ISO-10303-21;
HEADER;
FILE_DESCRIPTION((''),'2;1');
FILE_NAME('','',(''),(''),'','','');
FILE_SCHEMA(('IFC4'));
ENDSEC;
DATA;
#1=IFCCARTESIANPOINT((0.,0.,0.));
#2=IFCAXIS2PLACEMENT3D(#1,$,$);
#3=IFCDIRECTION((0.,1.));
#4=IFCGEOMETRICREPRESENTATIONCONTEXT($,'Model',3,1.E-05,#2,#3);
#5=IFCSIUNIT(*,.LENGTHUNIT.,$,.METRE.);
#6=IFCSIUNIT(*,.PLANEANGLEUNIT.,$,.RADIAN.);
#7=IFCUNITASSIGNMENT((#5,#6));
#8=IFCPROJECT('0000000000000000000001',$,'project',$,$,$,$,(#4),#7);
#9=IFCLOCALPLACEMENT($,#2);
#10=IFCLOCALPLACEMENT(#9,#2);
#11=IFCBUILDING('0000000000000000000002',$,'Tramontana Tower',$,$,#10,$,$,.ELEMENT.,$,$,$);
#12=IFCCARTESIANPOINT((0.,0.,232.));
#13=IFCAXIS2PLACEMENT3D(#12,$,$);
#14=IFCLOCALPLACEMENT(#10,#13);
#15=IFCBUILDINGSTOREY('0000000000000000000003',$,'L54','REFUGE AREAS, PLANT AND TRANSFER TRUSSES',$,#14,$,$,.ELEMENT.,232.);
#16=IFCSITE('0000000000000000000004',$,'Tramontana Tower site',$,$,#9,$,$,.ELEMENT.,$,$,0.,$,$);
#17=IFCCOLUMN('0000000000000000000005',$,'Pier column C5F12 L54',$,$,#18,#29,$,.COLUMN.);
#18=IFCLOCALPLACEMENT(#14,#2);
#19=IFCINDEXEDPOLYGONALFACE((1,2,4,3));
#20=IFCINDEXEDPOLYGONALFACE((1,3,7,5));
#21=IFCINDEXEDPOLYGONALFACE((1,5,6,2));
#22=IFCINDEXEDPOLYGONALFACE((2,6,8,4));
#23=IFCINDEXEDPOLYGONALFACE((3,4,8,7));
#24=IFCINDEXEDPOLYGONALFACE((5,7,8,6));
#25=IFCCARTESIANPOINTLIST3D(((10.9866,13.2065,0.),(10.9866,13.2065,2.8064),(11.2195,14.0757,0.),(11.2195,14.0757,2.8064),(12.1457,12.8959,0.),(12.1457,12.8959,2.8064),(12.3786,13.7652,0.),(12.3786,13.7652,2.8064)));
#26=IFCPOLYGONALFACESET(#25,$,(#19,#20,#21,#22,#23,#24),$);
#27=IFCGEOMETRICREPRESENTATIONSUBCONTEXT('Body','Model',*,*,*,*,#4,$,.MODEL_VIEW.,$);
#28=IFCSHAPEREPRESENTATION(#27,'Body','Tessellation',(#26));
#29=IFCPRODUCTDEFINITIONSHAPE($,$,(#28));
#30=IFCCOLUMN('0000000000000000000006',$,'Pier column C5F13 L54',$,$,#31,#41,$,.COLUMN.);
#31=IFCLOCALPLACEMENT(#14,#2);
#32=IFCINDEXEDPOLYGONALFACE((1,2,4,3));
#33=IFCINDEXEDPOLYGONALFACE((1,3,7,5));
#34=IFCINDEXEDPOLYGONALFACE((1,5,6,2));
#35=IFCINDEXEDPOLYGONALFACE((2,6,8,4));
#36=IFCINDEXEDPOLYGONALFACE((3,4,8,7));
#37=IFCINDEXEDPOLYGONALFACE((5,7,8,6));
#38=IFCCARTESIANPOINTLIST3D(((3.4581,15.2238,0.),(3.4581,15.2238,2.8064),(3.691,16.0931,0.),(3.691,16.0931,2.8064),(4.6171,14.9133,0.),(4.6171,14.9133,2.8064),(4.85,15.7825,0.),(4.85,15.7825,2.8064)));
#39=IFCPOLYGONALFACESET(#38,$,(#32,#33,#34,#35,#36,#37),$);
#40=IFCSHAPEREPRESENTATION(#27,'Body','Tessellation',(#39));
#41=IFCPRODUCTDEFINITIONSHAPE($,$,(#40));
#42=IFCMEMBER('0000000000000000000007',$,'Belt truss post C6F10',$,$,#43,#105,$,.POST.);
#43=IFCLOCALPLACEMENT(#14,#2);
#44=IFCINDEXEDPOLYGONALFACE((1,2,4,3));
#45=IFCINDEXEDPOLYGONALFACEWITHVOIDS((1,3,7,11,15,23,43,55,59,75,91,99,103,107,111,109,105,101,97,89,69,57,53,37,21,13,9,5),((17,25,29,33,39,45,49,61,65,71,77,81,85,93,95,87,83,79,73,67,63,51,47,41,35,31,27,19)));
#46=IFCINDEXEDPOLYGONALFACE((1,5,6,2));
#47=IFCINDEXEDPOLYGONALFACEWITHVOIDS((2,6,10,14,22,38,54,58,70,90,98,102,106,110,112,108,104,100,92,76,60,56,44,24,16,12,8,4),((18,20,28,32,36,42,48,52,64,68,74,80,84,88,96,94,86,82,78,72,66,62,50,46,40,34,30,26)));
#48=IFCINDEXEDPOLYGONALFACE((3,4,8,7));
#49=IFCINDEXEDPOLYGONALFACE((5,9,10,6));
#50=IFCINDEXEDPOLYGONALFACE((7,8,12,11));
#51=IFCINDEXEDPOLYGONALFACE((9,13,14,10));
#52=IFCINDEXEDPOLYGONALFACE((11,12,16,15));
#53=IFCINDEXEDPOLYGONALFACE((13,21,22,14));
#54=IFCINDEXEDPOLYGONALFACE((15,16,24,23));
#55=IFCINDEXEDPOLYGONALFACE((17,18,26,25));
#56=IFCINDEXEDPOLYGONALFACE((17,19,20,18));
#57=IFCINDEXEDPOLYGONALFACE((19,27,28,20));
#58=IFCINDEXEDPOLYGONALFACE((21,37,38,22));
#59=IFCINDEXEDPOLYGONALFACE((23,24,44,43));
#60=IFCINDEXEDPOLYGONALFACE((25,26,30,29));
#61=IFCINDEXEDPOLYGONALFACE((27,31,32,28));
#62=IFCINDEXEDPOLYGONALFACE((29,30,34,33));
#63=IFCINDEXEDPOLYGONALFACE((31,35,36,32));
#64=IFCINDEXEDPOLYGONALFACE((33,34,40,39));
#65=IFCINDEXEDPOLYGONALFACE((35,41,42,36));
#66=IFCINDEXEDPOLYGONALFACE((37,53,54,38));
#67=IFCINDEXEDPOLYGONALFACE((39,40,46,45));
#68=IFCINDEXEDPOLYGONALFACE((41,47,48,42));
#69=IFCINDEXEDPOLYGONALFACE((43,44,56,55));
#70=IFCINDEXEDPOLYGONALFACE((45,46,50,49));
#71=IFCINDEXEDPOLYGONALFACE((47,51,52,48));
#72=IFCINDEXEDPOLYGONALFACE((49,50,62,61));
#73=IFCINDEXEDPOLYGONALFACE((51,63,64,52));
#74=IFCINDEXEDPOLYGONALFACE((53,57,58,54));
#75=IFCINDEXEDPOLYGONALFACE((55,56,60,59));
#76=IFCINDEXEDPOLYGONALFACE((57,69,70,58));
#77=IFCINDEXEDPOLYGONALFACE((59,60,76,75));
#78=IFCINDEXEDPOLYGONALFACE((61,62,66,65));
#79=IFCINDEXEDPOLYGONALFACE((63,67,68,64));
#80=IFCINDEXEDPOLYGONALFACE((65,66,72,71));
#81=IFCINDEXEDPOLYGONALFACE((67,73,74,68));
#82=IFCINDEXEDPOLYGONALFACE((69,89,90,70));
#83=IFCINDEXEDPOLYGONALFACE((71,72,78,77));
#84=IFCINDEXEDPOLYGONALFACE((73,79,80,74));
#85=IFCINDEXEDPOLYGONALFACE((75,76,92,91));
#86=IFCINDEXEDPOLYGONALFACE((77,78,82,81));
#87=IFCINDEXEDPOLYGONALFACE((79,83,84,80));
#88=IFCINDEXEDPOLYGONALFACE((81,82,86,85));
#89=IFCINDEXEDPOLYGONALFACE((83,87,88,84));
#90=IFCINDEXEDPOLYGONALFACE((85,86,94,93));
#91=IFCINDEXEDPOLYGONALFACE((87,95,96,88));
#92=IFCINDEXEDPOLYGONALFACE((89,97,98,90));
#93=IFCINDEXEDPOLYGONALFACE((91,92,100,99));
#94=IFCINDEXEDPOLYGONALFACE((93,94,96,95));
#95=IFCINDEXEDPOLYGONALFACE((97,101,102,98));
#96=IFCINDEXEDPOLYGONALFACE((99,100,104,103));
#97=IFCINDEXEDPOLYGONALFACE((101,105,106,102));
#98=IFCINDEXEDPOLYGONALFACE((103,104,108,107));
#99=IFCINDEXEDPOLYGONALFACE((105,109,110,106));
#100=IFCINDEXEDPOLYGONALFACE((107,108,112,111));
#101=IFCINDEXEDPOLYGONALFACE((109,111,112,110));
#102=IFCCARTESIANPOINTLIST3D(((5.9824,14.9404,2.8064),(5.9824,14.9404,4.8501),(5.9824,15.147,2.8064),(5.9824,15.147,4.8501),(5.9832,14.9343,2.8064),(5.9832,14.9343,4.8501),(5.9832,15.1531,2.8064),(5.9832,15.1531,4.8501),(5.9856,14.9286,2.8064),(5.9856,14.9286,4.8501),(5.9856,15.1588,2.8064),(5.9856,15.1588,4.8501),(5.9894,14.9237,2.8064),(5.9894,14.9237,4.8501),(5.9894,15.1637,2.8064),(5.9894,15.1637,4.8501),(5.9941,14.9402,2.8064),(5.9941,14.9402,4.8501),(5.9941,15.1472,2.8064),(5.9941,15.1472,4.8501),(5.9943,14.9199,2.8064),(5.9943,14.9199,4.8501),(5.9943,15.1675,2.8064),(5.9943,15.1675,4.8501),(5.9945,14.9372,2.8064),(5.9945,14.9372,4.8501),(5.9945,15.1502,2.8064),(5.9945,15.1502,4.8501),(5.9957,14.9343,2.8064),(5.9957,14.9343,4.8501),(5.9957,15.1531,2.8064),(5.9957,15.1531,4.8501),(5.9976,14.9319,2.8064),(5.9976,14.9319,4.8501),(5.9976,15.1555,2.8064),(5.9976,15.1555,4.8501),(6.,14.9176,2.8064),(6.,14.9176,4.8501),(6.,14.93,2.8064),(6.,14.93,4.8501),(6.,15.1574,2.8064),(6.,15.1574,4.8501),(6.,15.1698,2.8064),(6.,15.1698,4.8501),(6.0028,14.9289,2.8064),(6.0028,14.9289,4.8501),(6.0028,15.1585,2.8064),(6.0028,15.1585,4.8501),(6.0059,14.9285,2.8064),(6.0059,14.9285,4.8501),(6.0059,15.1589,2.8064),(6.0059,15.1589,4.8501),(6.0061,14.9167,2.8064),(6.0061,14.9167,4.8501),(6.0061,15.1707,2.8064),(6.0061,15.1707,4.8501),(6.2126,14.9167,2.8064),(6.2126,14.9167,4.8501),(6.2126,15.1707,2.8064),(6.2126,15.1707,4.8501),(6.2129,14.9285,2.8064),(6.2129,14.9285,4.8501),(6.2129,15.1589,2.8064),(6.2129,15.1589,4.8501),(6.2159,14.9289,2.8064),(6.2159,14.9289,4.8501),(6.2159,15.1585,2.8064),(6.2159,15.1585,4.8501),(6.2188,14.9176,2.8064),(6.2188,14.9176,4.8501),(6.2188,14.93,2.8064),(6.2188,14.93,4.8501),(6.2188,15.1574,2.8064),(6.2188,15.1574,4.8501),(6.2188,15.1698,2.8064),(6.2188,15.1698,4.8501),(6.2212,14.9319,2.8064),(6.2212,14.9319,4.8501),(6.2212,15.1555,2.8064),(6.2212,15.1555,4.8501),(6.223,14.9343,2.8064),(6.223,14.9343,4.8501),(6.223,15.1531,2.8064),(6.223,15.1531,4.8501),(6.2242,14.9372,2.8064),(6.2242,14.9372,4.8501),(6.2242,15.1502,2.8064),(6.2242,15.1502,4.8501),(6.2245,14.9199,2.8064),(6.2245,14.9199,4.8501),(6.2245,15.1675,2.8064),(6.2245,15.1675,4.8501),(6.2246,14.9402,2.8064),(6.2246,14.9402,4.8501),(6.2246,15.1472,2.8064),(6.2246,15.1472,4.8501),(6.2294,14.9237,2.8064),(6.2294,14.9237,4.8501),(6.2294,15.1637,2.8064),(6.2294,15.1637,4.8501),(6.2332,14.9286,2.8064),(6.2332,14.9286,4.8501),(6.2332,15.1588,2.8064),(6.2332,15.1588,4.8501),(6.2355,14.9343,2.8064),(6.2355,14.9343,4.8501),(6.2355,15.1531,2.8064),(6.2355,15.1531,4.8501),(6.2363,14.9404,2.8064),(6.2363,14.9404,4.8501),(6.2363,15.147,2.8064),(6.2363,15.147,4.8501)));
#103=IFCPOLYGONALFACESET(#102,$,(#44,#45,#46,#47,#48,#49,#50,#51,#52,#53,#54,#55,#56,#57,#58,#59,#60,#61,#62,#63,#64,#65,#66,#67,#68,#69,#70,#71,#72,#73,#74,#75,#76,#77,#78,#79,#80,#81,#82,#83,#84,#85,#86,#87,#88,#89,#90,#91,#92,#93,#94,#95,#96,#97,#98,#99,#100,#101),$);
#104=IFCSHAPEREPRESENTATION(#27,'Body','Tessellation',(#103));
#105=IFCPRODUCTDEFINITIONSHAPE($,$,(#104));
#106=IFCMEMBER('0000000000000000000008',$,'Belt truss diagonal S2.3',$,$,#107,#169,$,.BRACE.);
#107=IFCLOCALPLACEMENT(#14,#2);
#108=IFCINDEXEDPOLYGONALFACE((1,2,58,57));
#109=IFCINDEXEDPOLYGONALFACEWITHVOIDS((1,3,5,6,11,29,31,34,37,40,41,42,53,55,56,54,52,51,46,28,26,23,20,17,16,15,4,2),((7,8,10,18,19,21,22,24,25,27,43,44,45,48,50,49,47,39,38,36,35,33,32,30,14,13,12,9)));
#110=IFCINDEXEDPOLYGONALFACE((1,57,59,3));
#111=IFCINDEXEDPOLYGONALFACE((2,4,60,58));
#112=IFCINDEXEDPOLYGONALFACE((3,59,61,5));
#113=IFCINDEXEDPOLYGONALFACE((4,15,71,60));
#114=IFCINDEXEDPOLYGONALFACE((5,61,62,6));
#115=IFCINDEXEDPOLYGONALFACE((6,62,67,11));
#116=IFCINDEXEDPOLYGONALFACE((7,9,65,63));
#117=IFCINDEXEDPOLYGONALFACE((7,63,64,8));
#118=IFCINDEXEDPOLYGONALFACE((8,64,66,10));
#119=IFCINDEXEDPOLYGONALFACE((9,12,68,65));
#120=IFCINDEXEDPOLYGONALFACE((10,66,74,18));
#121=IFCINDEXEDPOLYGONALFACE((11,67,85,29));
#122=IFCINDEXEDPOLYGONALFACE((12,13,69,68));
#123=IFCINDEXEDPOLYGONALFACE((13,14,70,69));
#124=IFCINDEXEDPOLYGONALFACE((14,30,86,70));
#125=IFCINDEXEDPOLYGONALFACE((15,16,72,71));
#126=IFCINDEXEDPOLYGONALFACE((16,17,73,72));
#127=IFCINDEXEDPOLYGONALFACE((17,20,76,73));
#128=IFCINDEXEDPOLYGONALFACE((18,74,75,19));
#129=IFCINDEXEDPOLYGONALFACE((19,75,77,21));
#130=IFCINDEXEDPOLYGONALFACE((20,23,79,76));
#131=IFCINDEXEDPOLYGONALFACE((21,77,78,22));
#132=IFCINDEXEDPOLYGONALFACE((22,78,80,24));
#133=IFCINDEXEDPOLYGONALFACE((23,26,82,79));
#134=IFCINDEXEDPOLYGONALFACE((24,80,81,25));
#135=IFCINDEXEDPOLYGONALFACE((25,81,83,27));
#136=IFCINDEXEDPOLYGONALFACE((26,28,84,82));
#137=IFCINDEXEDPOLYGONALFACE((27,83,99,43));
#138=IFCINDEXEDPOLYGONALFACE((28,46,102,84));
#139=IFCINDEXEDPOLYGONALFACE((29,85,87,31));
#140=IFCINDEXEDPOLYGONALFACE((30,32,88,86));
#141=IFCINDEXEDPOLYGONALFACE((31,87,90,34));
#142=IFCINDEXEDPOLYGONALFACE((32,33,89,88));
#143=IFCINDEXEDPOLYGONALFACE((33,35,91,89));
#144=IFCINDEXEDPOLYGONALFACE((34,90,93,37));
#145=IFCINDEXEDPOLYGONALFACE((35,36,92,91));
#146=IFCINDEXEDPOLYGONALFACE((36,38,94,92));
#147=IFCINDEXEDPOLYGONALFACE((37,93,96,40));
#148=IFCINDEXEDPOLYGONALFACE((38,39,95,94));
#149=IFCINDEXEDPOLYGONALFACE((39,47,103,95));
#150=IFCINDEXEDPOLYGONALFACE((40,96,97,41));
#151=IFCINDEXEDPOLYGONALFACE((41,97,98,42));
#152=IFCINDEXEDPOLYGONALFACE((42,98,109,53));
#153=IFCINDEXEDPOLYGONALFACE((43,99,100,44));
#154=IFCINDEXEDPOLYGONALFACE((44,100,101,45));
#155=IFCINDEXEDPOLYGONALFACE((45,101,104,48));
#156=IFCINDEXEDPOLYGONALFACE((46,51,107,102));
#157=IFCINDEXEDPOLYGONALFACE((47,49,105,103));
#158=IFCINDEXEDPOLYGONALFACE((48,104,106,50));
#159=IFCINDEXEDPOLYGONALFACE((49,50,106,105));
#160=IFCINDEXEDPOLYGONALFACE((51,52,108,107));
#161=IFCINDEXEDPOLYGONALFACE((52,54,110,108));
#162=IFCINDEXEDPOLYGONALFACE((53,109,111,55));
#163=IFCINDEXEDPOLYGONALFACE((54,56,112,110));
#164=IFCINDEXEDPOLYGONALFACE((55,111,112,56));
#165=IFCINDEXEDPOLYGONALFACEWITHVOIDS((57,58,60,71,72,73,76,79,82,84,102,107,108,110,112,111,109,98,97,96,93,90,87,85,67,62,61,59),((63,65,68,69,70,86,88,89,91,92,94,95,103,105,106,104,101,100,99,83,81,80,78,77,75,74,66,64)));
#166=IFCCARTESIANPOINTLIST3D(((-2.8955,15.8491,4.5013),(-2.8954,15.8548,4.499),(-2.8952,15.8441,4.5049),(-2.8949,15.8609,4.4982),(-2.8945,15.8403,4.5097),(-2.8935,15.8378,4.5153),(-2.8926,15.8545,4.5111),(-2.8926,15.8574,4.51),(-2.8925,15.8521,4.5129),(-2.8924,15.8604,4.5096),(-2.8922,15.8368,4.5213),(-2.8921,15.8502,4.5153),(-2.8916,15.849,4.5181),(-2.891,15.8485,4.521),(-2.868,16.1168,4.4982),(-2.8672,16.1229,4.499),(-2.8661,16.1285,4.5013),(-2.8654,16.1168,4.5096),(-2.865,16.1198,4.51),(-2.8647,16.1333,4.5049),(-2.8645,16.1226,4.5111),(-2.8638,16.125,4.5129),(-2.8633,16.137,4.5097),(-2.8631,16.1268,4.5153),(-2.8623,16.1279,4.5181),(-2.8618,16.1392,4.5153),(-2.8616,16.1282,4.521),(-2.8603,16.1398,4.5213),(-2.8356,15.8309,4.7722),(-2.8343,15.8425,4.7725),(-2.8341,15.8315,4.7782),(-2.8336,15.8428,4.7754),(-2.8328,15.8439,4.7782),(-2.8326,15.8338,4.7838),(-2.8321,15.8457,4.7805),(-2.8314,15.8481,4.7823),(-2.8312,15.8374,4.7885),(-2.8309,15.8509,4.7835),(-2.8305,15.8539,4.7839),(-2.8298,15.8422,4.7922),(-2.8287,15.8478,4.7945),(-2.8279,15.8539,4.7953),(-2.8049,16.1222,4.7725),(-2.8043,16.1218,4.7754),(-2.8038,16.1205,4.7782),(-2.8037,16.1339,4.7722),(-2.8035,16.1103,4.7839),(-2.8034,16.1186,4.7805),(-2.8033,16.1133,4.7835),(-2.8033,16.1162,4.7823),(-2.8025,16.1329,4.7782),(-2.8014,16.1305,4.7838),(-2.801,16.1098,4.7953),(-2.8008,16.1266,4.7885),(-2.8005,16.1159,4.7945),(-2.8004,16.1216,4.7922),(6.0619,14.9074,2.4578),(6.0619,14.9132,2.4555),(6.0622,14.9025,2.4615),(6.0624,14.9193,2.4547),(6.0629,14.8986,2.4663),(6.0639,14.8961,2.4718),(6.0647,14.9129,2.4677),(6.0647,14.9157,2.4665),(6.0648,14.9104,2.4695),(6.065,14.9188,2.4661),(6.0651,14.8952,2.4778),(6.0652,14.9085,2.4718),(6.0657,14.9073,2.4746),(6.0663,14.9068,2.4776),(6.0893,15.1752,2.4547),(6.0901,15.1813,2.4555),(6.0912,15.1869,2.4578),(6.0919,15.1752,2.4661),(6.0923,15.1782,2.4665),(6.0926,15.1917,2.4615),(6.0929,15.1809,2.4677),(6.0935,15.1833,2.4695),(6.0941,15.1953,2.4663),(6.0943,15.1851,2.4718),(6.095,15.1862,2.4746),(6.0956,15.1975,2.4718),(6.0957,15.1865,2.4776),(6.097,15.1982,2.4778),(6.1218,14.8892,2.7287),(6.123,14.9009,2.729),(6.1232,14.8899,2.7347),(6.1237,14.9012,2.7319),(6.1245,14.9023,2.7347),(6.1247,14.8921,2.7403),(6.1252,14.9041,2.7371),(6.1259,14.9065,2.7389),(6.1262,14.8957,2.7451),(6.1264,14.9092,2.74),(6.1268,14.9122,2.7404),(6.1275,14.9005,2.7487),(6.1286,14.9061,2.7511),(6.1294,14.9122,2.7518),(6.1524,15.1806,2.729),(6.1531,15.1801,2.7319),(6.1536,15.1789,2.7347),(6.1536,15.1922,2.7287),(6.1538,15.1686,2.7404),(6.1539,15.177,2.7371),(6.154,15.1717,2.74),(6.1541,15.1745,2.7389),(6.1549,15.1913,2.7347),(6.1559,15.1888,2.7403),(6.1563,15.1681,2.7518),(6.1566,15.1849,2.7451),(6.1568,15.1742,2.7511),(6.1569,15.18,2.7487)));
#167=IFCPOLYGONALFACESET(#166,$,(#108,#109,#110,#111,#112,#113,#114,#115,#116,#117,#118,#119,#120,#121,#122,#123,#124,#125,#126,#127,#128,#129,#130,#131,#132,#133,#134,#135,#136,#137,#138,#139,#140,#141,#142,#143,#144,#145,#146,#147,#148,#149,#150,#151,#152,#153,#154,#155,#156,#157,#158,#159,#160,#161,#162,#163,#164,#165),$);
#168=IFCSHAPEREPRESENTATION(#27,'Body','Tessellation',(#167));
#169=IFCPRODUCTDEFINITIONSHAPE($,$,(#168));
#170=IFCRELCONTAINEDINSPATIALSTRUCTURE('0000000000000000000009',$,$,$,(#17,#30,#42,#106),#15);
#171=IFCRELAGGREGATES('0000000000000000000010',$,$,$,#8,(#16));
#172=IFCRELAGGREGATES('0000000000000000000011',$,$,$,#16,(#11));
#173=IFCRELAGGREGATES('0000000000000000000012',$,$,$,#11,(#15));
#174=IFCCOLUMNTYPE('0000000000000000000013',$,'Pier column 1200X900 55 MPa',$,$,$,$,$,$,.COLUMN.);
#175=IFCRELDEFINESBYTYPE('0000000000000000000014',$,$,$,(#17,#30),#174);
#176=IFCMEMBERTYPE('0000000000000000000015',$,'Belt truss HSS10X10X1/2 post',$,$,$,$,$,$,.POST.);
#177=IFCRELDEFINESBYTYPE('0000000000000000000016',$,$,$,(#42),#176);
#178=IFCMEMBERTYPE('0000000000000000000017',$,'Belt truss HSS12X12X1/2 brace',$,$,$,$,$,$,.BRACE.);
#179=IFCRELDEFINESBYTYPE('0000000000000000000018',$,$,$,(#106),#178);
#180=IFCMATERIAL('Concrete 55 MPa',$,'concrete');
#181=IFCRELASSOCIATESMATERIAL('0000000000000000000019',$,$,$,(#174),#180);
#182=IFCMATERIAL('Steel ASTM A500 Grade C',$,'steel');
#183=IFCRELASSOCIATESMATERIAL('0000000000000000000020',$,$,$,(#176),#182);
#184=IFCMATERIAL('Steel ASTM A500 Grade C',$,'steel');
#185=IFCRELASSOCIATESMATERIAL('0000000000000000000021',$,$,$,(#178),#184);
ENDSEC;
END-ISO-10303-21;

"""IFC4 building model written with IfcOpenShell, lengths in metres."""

from ifc_helpers import new_model, si_unit, direction, frame, origin, origin_2d, place, context, subcontext, project, spatial, rectangle, hollow_rectangle, extrude, material, material_profile, profile_set, type_object, element, save


model = new_model("IFC4")

# Units and contexts
model_context = context("Model", 3, precision=1e-05, world=origin(), true_north=direction((0.0, 1.0)))
body_context = subcontext(model_context, "Body", "Model", "MODEL_VIEW")
ifc_project = project(units=[si_unit("LENGTHUNIT", "METRE"), si_unit("PLANEANGLEUNIT", "RADIAN")], contexts=[model_context])

# Site, building, storey
site_placement = place(None, origin())
site = spatial("IfcSite", under=ifc_project, at=site_placement, Name="Tramontana Tower site", CompositionType="ELEMENT", RefElevation=0.0)
building_placement = place(site_placement, origin())
building = spatial("IfcBuilding", under=site, at=building_placement, Name="Tramontana Tower", CompositionType="ELEMENT")
storey_placement = place(building_placement, frame((0.0, 0.0, 232.0)))
storey = spatial("IfcBuildingStorey", under=building, at=storey_placement, Name="L54", Description="REFUGE AREAS, PLANT AND TRANSFER TRUSSES", CompositionType="ELEMENT", Elevation=232.0)

# Columns
ifc_material_1 = material(Name="Concrete 55 MPa", Category="concrete")
ifc_material_profile_1 = material_profile(ifc_material_1, rectangle(XDim=1.2, YDim=0.8999, at=origin_2d()), Name="Pier column 1200X900 55 MPa")
ifc_profile_set_1 = profile_set([ifc_material_profile_1], Name="Concrete 55 MPa")
column_type = type_object("IfcColumnType", Name="Pier column 1200X900 55 MPa", PredefinedType="COLUMN", material=ifc_profile_set_1)
for number, where, z_axis, x_axis, name in (
    (1, (11.6826, 13.4858, 0.0), (0.0, 0.0, 1.0), (-0.965926, 0.258819, 0.0), "Pier column C5F12 L54"),
    (2, (4.1541, 15.5032, 0.0), (0.0, 0.0, 1.0), (-0.965926, 0.258819, 0.0), "Pier column C5F13 L54"),
):
    element("IfcColumn", number, at=place(storey_placement, frame(where, z_axis=z_axis, x_axis=x_axis)), inside=storey, type_object=column_type, Name=name, PredefinedType="COLUMN", context=body_context, shape_type="SweptSolid", body=[
        extrude(rectangle(XDim=1.2, YDim=0.8999, at=origin_2d()), origin(), (0.0, 0.0, 1.0), 2.8064),
    ])

# Members
ifc_material_2 = material(Name="Steel ASTM A500 Grade C", Category="steel")
ifc_material_profile_2 = material_profile(ifc_material_2, hollow_rectangle(XDim=0.2539, YDim=0.2539, WallThickness=0.0117, InnerFilletRadius=0.0117, OuterFilletRadius=0.0237, at=origin_2d()), Name="HSS10X10X1/2")
ifc_profile_set_2 = profile_set([ifc_material_profile_2], Name="Steel ASTM A500 Grade C")
member_type_1 = type_object("IfcMemberType", Name="Belt truss HSS10X10X1/2 post", PredefinedType="POST", material=ifc_profile_set_2)
member_1_placement = place(storey_placement, frame((6.1094, 15.0437, 2.8064), z_axis=(0.0, 0.0, 1.0), x_axis=(1.0, 0.0, 0.0)))
element("IfcMember", 3, at=member_1_placement, inside=storey, type_object=member_type_1, Name="Belt truss post C6F10", PredefinedType="POST", context=body_context, shape_type="SweptSolid", body=[
    extrude(hollow_rectangle(XDim=0.2539, YDim=0.2539, WallThickness=0.0117, InnerFilletRadius=0.0117, OuterFilletRadius=0.0237, at=origin_2d()), origin(), (0.0, 0.0, 1.0), 2.0437),
])
ifc_material_3 = material(Name="Steel ASTM A500 Grade C", Category="steel")
ifc_material_profile_3 = material_profile(ifc_material_3, hollow_rectangle(XDim=0.3047, YDim=0.3047, WallThickness=0.0117, InnerFilletRadius=0.0117, OuterFilletRadius=0.0237, at=origin_2d()), Name="HSS12X12X1/2")
ifc_profile_set_3 = profile_set([ifc_material_profile_3], Name="Steel ASTM A500 Grade C")
member_type_2 = type_object("IfcMemberType", Name="Belt truss HSS12X12X1/2 brace", PredefinedType="BRACE", material=ifc_profile_set_3)
member_2_placement = place(storey_placement, frame((6.1094, 15.0437, 2.6033), z_axis=(-0.96987, 0.101959, 0.22126), x_axis=(-0.104551, -0.99452, 0.0)))
element("IfcMember", 4, at=member_2_placement, inside=storey, type_object=member_type_2, Name="Belt truss diagonal S2.3", PredefinedType="BRACE", context=body_context, shape_type="SweptSolid", body=[
    extrude(hollow_rectangle(XDim=0.3047, YDim=0.3047, WallThickness=0.0117, InnerFilletRadius=0.0117, OuterFilletRadius=0.0237, at=origin_2d()), origin(), (0.0, 0.0, 1.0), 9.2356),
])

save(model, "model.ifc")
